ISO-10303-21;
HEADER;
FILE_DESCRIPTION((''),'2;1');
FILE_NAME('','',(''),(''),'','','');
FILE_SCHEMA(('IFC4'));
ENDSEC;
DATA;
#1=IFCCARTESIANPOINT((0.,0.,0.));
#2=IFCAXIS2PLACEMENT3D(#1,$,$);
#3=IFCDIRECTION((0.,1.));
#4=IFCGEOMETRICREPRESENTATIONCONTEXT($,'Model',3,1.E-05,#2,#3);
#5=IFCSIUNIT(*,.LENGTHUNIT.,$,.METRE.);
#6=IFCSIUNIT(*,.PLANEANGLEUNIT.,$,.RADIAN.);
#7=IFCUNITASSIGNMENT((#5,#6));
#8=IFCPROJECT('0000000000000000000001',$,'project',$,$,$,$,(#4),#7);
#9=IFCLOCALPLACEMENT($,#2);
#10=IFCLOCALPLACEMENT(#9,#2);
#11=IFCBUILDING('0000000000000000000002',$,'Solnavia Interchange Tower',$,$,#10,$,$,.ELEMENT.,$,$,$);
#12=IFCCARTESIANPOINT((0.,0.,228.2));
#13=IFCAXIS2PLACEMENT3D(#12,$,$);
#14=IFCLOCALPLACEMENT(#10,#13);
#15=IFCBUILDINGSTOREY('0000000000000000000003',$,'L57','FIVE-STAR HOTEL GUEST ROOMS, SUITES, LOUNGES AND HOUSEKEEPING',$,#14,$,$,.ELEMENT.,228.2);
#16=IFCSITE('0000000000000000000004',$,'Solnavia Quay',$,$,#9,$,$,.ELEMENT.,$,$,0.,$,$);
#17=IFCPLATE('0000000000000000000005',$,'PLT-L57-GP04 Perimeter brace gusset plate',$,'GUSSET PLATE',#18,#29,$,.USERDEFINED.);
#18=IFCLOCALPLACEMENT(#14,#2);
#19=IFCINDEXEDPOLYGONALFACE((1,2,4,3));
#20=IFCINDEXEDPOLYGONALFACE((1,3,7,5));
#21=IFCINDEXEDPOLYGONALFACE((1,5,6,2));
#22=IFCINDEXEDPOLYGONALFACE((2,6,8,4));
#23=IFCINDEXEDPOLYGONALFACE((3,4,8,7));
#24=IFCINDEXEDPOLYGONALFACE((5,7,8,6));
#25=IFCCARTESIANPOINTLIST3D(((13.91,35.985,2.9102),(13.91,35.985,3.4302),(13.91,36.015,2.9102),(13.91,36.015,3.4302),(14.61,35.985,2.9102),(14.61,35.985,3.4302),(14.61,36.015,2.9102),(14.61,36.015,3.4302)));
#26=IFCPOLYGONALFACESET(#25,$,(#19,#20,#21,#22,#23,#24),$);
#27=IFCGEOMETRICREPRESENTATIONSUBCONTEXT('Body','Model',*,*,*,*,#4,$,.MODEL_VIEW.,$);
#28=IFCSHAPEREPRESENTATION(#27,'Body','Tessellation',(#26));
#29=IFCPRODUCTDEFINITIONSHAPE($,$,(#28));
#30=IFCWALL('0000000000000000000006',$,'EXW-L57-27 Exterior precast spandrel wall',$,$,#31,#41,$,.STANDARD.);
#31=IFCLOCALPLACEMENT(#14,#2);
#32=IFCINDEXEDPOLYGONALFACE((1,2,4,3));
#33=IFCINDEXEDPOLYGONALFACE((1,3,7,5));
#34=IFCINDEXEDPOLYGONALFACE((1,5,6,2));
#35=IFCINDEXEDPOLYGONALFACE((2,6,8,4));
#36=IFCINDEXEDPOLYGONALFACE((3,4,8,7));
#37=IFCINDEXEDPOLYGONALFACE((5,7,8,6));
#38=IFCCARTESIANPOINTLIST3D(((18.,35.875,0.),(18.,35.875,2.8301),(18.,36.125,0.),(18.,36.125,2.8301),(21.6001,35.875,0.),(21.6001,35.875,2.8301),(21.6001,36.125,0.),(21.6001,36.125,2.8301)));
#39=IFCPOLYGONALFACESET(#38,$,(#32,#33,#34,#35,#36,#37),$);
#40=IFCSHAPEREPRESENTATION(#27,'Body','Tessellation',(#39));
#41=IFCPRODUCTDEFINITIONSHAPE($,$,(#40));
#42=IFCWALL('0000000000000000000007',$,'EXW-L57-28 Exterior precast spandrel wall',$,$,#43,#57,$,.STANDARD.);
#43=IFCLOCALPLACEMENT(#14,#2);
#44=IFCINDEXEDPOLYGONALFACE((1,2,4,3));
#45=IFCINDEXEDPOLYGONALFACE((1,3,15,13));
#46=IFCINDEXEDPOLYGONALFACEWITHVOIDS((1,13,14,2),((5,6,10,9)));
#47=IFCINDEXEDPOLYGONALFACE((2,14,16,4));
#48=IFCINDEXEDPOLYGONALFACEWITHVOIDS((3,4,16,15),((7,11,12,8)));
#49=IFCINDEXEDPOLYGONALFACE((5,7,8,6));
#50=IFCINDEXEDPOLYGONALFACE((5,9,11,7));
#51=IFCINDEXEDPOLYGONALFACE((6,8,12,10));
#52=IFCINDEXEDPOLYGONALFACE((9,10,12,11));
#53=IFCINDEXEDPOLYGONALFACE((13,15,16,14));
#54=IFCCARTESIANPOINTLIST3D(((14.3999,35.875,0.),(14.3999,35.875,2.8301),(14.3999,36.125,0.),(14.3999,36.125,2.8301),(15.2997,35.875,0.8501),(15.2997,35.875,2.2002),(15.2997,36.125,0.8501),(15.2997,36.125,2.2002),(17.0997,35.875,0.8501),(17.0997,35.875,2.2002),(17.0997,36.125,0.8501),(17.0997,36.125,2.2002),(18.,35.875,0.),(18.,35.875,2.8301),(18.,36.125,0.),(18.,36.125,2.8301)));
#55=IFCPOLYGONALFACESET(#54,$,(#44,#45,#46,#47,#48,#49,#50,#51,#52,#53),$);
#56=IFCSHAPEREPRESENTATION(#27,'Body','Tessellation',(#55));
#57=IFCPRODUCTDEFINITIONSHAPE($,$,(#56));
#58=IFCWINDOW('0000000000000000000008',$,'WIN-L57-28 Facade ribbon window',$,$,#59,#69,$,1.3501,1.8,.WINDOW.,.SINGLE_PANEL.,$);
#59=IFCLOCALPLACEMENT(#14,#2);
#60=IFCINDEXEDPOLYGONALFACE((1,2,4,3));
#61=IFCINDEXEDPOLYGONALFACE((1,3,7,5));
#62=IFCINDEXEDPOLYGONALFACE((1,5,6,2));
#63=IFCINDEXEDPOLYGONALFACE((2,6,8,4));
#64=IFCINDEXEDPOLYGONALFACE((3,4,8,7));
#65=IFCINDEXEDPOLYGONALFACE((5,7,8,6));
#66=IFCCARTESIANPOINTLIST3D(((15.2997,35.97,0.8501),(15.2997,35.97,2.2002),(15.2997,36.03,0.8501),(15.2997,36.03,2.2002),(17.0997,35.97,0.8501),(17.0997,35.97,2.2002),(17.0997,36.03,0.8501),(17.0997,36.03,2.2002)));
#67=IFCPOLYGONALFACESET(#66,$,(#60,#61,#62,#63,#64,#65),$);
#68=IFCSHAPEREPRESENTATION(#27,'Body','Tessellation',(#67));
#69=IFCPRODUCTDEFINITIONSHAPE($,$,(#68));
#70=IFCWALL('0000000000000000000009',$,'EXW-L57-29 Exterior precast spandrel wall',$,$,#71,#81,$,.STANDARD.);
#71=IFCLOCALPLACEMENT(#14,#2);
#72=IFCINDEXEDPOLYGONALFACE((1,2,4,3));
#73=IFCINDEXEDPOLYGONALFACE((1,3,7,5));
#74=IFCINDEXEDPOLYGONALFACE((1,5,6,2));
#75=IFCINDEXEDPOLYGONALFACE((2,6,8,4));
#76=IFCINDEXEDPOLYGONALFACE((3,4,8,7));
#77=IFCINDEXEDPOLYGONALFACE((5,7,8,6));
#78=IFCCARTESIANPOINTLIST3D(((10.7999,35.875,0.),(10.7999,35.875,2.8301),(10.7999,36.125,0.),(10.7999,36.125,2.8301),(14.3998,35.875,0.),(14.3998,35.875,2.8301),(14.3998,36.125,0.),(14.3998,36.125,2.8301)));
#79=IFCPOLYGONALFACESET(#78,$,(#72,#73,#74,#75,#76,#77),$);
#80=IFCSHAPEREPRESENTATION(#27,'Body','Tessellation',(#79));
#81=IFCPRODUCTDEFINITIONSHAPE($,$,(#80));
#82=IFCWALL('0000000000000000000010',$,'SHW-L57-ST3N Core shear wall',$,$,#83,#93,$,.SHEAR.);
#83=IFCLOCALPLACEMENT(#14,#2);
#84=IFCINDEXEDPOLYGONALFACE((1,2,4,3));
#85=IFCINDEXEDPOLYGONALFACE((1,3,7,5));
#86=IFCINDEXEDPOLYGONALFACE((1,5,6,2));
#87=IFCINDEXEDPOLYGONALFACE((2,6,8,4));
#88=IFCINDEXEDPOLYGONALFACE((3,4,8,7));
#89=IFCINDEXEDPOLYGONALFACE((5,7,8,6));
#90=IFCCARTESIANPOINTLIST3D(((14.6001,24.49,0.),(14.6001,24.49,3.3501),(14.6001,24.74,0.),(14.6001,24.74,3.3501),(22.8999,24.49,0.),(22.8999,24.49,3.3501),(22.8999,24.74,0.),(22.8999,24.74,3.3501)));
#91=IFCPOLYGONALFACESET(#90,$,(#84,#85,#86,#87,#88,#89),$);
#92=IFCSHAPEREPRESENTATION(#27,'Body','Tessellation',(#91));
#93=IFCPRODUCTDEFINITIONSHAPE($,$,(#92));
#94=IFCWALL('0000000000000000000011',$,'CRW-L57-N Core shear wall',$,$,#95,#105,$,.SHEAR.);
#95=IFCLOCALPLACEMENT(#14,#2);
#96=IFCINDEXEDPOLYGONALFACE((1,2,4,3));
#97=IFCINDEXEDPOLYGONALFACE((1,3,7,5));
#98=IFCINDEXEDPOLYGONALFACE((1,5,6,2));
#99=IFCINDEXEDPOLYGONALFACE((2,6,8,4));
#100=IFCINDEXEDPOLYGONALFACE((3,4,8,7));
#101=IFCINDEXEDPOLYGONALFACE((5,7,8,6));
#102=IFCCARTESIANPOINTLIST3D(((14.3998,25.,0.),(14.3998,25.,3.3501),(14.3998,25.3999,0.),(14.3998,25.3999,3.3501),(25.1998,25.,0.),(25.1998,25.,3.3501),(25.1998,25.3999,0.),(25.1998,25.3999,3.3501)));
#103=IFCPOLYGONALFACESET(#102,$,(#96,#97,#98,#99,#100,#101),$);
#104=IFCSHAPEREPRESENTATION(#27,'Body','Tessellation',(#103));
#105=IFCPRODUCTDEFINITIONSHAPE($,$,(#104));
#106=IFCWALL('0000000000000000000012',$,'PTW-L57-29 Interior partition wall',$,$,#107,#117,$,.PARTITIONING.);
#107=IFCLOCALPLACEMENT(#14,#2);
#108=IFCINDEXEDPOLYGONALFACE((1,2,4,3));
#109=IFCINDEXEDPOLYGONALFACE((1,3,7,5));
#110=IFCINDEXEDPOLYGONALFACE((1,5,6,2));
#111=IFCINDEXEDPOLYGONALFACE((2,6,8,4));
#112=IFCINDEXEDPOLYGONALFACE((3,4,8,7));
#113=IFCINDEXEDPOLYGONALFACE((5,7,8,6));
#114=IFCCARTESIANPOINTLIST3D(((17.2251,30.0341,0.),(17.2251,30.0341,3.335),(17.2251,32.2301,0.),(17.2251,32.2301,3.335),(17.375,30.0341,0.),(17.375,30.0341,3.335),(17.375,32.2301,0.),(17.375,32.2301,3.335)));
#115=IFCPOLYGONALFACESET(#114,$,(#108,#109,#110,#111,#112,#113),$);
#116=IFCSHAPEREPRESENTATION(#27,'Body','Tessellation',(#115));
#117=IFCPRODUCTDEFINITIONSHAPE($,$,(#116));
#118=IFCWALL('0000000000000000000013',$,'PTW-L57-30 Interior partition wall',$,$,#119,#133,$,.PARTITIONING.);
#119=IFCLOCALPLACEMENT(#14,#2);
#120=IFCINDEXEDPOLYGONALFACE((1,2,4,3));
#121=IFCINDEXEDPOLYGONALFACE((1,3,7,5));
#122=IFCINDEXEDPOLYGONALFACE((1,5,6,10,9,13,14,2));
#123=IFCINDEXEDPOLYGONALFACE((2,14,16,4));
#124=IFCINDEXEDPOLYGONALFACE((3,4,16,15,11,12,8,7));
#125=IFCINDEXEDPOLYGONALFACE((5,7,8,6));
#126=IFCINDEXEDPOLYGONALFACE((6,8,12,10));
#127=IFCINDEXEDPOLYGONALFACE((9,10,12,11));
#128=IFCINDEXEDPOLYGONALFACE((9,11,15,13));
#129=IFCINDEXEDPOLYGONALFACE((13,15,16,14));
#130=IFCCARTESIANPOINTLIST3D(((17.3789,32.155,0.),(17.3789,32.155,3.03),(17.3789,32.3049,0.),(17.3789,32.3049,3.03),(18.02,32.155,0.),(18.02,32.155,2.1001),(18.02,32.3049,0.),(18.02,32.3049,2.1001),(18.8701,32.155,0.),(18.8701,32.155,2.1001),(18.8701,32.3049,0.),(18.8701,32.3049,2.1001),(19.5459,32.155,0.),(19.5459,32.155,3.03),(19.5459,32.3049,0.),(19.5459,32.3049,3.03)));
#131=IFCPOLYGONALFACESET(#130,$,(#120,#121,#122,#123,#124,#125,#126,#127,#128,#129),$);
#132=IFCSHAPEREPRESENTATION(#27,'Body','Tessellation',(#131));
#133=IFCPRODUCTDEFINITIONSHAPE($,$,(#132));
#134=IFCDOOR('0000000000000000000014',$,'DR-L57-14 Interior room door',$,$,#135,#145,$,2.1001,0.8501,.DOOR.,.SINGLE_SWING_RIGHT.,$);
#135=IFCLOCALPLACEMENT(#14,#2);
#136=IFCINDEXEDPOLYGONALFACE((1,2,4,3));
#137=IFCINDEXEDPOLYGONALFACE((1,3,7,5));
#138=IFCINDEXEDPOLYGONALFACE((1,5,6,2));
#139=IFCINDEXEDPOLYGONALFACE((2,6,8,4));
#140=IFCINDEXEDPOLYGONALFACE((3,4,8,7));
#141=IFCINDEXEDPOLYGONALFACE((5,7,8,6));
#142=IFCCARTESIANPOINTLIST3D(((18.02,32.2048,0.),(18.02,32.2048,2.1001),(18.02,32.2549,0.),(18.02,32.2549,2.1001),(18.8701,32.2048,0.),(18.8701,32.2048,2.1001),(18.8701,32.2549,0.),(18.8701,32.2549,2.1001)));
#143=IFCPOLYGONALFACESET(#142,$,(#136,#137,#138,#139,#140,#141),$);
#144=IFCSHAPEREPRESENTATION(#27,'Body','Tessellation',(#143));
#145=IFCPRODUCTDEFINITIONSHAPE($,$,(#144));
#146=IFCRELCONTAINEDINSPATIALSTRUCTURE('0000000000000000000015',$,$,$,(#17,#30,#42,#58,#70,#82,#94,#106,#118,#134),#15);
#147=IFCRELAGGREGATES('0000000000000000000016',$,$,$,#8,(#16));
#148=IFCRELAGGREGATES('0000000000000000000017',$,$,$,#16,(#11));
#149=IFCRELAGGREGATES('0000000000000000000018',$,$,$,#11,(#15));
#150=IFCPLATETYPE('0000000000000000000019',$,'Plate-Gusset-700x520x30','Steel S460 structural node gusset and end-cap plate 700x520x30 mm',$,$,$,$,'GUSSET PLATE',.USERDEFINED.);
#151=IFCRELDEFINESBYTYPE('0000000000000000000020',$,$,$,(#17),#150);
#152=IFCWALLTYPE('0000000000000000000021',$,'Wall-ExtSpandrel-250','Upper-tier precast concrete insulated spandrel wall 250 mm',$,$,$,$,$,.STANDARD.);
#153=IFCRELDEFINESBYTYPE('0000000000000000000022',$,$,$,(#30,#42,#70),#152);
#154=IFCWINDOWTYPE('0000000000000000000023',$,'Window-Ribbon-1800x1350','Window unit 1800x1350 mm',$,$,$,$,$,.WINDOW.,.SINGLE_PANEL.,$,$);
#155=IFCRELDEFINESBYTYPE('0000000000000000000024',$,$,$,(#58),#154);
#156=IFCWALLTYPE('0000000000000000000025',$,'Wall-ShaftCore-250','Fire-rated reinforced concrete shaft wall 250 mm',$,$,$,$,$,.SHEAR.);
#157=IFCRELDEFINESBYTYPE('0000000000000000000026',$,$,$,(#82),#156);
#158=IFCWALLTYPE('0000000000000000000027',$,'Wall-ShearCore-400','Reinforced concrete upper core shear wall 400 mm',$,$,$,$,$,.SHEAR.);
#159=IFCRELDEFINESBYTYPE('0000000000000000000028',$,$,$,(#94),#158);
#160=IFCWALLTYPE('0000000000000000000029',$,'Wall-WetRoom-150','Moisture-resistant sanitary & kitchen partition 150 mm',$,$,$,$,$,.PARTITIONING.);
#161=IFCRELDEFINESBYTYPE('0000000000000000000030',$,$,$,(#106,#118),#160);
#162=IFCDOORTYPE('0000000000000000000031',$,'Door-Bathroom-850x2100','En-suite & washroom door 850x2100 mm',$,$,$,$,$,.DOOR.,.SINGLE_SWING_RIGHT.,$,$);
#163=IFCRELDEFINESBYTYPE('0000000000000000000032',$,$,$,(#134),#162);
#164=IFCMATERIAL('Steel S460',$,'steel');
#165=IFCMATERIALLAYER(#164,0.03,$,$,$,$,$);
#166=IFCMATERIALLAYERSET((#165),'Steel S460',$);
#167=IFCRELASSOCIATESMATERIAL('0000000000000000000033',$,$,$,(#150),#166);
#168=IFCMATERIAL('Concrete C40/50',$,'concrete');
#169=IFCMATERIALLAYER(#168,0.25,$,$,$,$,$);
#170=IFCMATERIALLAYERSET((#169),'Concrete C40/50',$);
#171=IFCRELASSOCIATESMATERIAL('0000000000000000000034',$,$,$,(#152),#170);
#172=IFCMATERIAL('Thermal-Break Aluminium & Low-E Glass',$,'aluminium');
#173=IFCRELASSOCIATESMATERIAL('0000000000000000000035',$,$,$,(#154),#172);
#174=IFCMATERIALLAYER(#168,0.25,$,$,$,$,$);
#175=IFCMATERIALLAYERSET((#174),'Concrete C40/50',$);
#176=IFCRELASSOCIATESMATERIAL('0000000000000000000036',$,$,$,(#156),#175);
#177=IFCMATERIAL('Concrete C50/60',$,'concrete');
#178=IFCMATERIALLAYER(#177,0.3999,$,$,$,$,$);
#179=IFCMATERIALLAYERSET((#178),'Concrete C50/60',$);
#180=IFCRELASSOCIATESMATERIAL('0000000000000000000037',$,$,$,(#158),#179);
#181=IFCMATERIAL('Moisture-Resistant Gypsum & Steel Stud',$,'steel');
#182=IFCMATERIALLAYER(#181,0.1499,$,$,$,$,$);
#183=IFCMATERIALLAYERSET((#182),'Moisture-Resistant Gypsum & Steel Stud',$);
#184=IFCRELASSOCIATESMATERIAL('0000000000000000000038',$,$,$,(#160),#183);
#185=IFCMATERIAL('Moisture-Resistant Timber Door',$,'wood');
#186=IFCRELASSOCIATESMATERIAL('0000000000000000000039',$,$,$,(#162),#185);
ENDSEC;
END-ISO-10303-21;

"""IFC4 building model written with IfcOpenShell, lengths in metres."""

from ifc_helpers import new_model, si_unit, direction, frame, frame_2d, origin, origin_2d, place, context, subcontext, project, spatial, rectangle, extrude, material, layer, layer_set, type_object, element, fill, save


model = new_model("IFC4")

# Units and contexts
model_context = context("Model", 3, precision=1e-05, world=origin(), true_north=direction((0.0, 1.0)))
body_context = subcontext(model_context, "Body", "Model", "MODEL_VIEW")
ifc_project = project(units=[si_unit("LENGTHUNIT", "METRE"), si_unit("PLANEANGLEUNIT", "RADIAN")], contexts=[model_context])

# Site, building, storey
site_placement = place(None, origin())
site = spatial("IfcSite", under=ifc_project, at=site_placement, Name="Solnavia Quay", CompositionType="ELEMENT", RefElevation=0.0)
building_placement = place(site_placement, origin())
building = spatial("IfcBuilding", under=site, at=building_placement, Name="Solnavia Interchange Tower", CompositionType="ELEMENT")
storey_placement = place(building_placement, frame((0.0, 0.0, 228.2)))
storey = spatial("IfcBuildingStorey", under=building, at=storey_placement, Name="L57", Description="FIVE-STAR HOTEL GUEST ROOMS, SUITES, LOUNGES AND HOUSEKEEPING", CompositionType="ELEMENT", Elevation=228.2)

# Shared definitions
ifc_material_1 = material(Name="Concrete C50/60", Category="concrete")

# Shared definitions
ifc_material_2 = material(Name="Steel S460", Category="steel")

# Plate
ifc_layer_1 = layer(ifc_material_2, 0.03)
ifc_layer_set_1 = layer_set([ifc_layer_1], Name="Steel S460")
plate_type = type_object("IfcPlateType", Name="Plate-Gusset-700x520x30", Description="Steel S460 structural node gusset and end-cap plate 700x520x30 mm", ElementType="GUSSET PLATE", PredefinedType="USERDEFINED", material=ifc_layer_set_1)
for number, where, z_axis, x_axis, name in (
    (1, (14.26, 36.0, 2.9102), (0.0, 0.0, 1.0), (1.0, 0.0, 0.0), "PLT-L57-GP04 Perimeter brace gusset plate"),
):
    element("IfcPlate", number, at=place(storey_placement, frame(where, z_axis=z_axis, x_axis=x_axis)), inside=storey, type_object=plate_type, Name=name, ObjectType="GUSSET PLATE", PredefinedType="USERDEFINED", context=body_context, shape_type="SweptSolid", body=[
        extrude(rectangle(XDim=0.7, YDim=0.03, at=origin_2d()), origin(), (0.0, 0.0, 1.0), 0.52),
    ])

# Wall
ifc_material_3 = material(Name="Concrete C40/50", Category="concrete")
ifc_layer_2 = layer(ifc_material_3, 0.25)
ifc_layer_set_2 = layer_set([ifc_layer_2], Name="Concrete C40/50")
wall_type_1 = type_object("IfcWallType", Name="Wall-ExtSpandrel-250", Description="Upper-tier precast concrete insulated spandrel wall 250 mm", PredefinedType="STANDARD", material=ifc_layer_set_2)
wall_1_placement = place(storey_placement, frame((18.0, 36.0, 0.0), z_axis=(0.0, 0.0, 1.0), x_axis=(1.0, 0.0, 0.0)))
element("IfcWall", 2, at=wall_1_placement, inside=storey, type_object=wall_type_1, Name="EXW-L57-27 Exterior precast spandrel wall", PredefinedType="STANDARD", context=body_context, shape_type="SweptSolid", body=[
    extrude(rectangle(XDim=3.6001, YDim=0.25, at=frame_2d((1.8, 0.0))), origin(), (0.0, 0.0, 1.0), 2.8301),
])

# Wall, opening, window
wall_2_placement = place(storey_placement, frame((14.3999, 36.0, 0.0), z_axis=(0.0, 0.0, 1.0), x_axis=(1.0, 0.0, 0.0)))
wall_2 = element("IfcWall", 3, at=wall_2_placement, inside=storey, type_object=wall_type_1, Name="EXW-L57-28 Exterior precast spandrel wall", PredefinedType="STANDARD", context=body_context, shape_type="SweptSolid", body=[
    extrude(rectangle(XDim=3.6001, YDim=0.25, at=frame_2d((1.8, 0.0))), origin(), (0.0, 0.0, 1.0), 2.8301),
])
opening_1_placement = place(wall_2_placement, frame((0.8999, 0.0, 0.8501)))
opening_1 = element("IfcOpeningElement", 4, at=opening_1_placement, cuts=wall_2, PredefinedType="OPENING", context=body_context, shape_type="SweptSolid", body=[
    extrude(rectangle(XDim=1.8, YDim=1.3501, at=frame_2d((0.8999, 0.675))), frame((0.0, 0.135, 0.0), z_axis=(0.0, -1.0, 0.0), x_axis=(1.0, 0.0, 0.0)), (0.0, 0.0, 1.0), 0.27),
])
ifc_material_4 = material(Name="Thermal-Break Aluminium & Low-E Glass", Category="aluminium")
window_type = type_object("IfcWindowType", Name="Window-Ribbon-1800x1350", Description="Window unit 1800x1350 mm", PartitioningType="SINGLE_PANEL", PredefinedType="WINDOW", material=ifc_material_4)
window_placement = place(opening_1_placement, origin())
window = element("IfcWindow", 5, at=window_placement, inside=storey, type_object=window_type, Name="WIN-L57-28 Facade ribbon window", OverallHeight=1.3501, OverallWidth=1.8, PartitioningType="SINGLE_PANEL", PredefinedType="WINDOW", context=body_context, shape_type="SweptSolid", body=[
    extrude(rectangle(XDim=1.8, YDim=1.3501, at=frame_2d((0.8999, 0.675))), frame((0.0, 0.03, 0.0), z_axis=(0.0, -1.0, 0.0), x_axis=(1.0, 0.0, 0.0)), (0.0, 0.0, 1.0), 0.0601),
])
fill(opening_1, window)

# Walls
wall_3_placement = place(storey_placement, frame((10.8, 36.0, 0.0), z_axis=(0.0, 0.0, 1.0), x_axis=(1.0, 0.0, 0.0)))
element("IfcWall", 6, at=wall_3_placement, inside=storey, type_object=wall_type_1, Name="EXW-L57-29 Exterior precast spandrel wall", PredefinedType="STANDARD", context=body_context, shape_type="SweptSolid", body=[
    extrude(rectangle(XDim=3.5999, YDim=0.25, at=frame_2d((1.7998, 0.0))), origin(), (0.0, 0.0, 1.0), 2.8301),
])
ifc_layer_3 = layer(ifc_material_3, 0.25)
ifc_layer_set_3 = layer_set([ifc_layer_3], Name="Concrete C40/50")
wall_type_2 = type_object("IfcWallType", Name="Wall-ShaftCore-250", Description="Fire-rated reinforced concrete shaft wall 250 mm", PredefinedType="SHEAR", material=ifc_layer_set_3)
wall_4_placement = place(storey_placement, frame((14.6001, 24.615, 0.0), z_axis=(0.0, 0.0, 1.0), x_axis=(1.0, 0.0, 0.0)))
element("IfcWall", 7, at=wall_4_placement, inside=storey, type_object=wall_type_2, Name="SHW-L57-ST3N Core shear wall", PredefinedType="SHEAR", context=body_context, shape_type="SweptSolid", body=[
    extrude(rectangle(XDim=8.2998, YDim=0.25, at=frame_2d((4.1499, 0.0))), origin(), (0.0, 0.0, 1.0), 3.3501),
])
ifc_layer_4 = layer(ifc_material_1, 0.3999)
ifc_layer_set_4 = layer_set([ifc_layer_4], Name="Concrete C50/60")
wall_type_3 = type_object("IfcWallType", Name="Wall-ShearCore-400", Description="Reinforced concrete upper core shear wall 400 mm", PredefinedType="SHEAR", material=ifc_layer_set_4)
wall_5_placement = place(storey_placement, frame((14.3999, 25.2, 0.0), z_axis=(0.0, 0.0, 1.0), x_axis=(1.0, 0.0, 0.0)))
element("IfcWall", 8, at=wall_5_placement, inside=storey, type_object=wall_type_3, Name="CRW-L57-N Core shear wall", PredefinedType="SHEAR", context=body_context, shape_type="SweptSolid", body=[
    extrude(rectangle(XDim=10.8, YDim=0.3999, at=frame_2d((5.3999, 0.0))), origin(), (0.0, 0.0, 1.0), 3.3501),
])
ifc_material_5 = material(Name="Moisture-Resistant Gypsum & Steel Stud", Category="steel")
ifc_layer_5 = layer(ifc_material_5, 0.1499)
ifc_layer_set_5 = layer_set([ifc_layer_5], Name="Moisture-Resistant Gypsum & Steel Stud")
wall_type_4 = type_object("IfcWallType", Name="Wall-WetRoom-150", Description="Moisture-resistant sanitary & kitchen partition 150 mm", PredefinedType="PARTITIONING", material=ifc_layer_set_5)
wall_6_placement = place(storey_placement, frame((17.3, 30.0339, 0.0), z_axis=(0.0, 0.0, 1.0), x_axis=(0.0, 1.0, 0.0)))
element("IfcWall", 9, at=wall_6_placement, inside=storey, type_object=wall_type_4, Name="PTW-L57-29 Interior partition wall", PredefinedType="PARTITIONING", context=body_context, shape_type="SweptSolid", body=[
    extrude(rectangle(XDim=2.196, YDim=0.1499, at=frame_2d((1.0981, 0.0))), origin(), (0.0, 0.0, 1.0), 3.335),
])

# Wall, opening, door
wall_7_placement = place(storey_placement, frame((17.3789, 32.23, 0.0), z_axis=(0.0, 0.0, 1.0), x_axis=(1.0, 0.0, 0.0)))
wall_7 = element("IfcWall", 10, at=wall_7_placement, inside=storey, type_object=wall_type_4, Name="PTW-L57-30 Interior partition wall", PredefinedType="PARTITIONING", context=body_context, shape_type="SweptSolid", body=[
    extrude(rectangle(XDim=2.167, YDim=0.1499, at=frame_2d((1.0835, 0.0))), origin(), (0.0, 0.0, 1.0), 3.03),
])
opening_2_placement = place(wall_7_placement, frame((0.6411, 0.0, 0.0)))
opening_2 = element("IfcOpeningElement", 11, at=opening_2_placement, cuts=wall_7, PredefinedType="OPENING", context=body_context, shape_type="SweptSolid", body=[
    extrude(rectangle(XDim=0.8501, YDim=2.1001, at=frame_2d((0.425, 1.05))), frame((0.0, 0.085, 0.0), z_axis=(0.0, -1.0, 0.0), x_axis=(1.0, 0.0, 0.0)), (0.0, 0.0, 1.0), 0.1699),
])
ifc_material_6 = material(Name="Moisture-Resistant Timber Door", Category="wood")
door_type = type_object("IfcDoorType", Name="Door-Bathroom-850x2100", Description="En-suite & washroom door 850x2100 mm", OperationType="SINGLE_SWING_RIGHT", PredefinedType="DOOR", material=ifc_material_6)
door_placement = place(opening_2_placement, origin())
door = element("IfcDoor", 12, at=door_placement, inside=storey, type_object=door_type, Name="DR-L57-14 Interior room door", OperationType="SINGLE_SWING_RIGHT", OverallHeight=2.1001, OverallWidth=0.8501, PredefinedType="DOOR", context=body_context, shape_type="SweptSolid", body=[
    extrude(rectangle(XDim=0.8501, YDim=2.1001, at=frame_2d((0.425, 1.05))), frame((0.0, 0.0249, 0.0), z_axis=(0.0, -1.0, 0.0), x_axis=(1.0, 0.0, 0.0)), (0.0, 0.0, 1.0), 0.05),
])
fill(opening_2, door)

save(model, "model.ifc")
